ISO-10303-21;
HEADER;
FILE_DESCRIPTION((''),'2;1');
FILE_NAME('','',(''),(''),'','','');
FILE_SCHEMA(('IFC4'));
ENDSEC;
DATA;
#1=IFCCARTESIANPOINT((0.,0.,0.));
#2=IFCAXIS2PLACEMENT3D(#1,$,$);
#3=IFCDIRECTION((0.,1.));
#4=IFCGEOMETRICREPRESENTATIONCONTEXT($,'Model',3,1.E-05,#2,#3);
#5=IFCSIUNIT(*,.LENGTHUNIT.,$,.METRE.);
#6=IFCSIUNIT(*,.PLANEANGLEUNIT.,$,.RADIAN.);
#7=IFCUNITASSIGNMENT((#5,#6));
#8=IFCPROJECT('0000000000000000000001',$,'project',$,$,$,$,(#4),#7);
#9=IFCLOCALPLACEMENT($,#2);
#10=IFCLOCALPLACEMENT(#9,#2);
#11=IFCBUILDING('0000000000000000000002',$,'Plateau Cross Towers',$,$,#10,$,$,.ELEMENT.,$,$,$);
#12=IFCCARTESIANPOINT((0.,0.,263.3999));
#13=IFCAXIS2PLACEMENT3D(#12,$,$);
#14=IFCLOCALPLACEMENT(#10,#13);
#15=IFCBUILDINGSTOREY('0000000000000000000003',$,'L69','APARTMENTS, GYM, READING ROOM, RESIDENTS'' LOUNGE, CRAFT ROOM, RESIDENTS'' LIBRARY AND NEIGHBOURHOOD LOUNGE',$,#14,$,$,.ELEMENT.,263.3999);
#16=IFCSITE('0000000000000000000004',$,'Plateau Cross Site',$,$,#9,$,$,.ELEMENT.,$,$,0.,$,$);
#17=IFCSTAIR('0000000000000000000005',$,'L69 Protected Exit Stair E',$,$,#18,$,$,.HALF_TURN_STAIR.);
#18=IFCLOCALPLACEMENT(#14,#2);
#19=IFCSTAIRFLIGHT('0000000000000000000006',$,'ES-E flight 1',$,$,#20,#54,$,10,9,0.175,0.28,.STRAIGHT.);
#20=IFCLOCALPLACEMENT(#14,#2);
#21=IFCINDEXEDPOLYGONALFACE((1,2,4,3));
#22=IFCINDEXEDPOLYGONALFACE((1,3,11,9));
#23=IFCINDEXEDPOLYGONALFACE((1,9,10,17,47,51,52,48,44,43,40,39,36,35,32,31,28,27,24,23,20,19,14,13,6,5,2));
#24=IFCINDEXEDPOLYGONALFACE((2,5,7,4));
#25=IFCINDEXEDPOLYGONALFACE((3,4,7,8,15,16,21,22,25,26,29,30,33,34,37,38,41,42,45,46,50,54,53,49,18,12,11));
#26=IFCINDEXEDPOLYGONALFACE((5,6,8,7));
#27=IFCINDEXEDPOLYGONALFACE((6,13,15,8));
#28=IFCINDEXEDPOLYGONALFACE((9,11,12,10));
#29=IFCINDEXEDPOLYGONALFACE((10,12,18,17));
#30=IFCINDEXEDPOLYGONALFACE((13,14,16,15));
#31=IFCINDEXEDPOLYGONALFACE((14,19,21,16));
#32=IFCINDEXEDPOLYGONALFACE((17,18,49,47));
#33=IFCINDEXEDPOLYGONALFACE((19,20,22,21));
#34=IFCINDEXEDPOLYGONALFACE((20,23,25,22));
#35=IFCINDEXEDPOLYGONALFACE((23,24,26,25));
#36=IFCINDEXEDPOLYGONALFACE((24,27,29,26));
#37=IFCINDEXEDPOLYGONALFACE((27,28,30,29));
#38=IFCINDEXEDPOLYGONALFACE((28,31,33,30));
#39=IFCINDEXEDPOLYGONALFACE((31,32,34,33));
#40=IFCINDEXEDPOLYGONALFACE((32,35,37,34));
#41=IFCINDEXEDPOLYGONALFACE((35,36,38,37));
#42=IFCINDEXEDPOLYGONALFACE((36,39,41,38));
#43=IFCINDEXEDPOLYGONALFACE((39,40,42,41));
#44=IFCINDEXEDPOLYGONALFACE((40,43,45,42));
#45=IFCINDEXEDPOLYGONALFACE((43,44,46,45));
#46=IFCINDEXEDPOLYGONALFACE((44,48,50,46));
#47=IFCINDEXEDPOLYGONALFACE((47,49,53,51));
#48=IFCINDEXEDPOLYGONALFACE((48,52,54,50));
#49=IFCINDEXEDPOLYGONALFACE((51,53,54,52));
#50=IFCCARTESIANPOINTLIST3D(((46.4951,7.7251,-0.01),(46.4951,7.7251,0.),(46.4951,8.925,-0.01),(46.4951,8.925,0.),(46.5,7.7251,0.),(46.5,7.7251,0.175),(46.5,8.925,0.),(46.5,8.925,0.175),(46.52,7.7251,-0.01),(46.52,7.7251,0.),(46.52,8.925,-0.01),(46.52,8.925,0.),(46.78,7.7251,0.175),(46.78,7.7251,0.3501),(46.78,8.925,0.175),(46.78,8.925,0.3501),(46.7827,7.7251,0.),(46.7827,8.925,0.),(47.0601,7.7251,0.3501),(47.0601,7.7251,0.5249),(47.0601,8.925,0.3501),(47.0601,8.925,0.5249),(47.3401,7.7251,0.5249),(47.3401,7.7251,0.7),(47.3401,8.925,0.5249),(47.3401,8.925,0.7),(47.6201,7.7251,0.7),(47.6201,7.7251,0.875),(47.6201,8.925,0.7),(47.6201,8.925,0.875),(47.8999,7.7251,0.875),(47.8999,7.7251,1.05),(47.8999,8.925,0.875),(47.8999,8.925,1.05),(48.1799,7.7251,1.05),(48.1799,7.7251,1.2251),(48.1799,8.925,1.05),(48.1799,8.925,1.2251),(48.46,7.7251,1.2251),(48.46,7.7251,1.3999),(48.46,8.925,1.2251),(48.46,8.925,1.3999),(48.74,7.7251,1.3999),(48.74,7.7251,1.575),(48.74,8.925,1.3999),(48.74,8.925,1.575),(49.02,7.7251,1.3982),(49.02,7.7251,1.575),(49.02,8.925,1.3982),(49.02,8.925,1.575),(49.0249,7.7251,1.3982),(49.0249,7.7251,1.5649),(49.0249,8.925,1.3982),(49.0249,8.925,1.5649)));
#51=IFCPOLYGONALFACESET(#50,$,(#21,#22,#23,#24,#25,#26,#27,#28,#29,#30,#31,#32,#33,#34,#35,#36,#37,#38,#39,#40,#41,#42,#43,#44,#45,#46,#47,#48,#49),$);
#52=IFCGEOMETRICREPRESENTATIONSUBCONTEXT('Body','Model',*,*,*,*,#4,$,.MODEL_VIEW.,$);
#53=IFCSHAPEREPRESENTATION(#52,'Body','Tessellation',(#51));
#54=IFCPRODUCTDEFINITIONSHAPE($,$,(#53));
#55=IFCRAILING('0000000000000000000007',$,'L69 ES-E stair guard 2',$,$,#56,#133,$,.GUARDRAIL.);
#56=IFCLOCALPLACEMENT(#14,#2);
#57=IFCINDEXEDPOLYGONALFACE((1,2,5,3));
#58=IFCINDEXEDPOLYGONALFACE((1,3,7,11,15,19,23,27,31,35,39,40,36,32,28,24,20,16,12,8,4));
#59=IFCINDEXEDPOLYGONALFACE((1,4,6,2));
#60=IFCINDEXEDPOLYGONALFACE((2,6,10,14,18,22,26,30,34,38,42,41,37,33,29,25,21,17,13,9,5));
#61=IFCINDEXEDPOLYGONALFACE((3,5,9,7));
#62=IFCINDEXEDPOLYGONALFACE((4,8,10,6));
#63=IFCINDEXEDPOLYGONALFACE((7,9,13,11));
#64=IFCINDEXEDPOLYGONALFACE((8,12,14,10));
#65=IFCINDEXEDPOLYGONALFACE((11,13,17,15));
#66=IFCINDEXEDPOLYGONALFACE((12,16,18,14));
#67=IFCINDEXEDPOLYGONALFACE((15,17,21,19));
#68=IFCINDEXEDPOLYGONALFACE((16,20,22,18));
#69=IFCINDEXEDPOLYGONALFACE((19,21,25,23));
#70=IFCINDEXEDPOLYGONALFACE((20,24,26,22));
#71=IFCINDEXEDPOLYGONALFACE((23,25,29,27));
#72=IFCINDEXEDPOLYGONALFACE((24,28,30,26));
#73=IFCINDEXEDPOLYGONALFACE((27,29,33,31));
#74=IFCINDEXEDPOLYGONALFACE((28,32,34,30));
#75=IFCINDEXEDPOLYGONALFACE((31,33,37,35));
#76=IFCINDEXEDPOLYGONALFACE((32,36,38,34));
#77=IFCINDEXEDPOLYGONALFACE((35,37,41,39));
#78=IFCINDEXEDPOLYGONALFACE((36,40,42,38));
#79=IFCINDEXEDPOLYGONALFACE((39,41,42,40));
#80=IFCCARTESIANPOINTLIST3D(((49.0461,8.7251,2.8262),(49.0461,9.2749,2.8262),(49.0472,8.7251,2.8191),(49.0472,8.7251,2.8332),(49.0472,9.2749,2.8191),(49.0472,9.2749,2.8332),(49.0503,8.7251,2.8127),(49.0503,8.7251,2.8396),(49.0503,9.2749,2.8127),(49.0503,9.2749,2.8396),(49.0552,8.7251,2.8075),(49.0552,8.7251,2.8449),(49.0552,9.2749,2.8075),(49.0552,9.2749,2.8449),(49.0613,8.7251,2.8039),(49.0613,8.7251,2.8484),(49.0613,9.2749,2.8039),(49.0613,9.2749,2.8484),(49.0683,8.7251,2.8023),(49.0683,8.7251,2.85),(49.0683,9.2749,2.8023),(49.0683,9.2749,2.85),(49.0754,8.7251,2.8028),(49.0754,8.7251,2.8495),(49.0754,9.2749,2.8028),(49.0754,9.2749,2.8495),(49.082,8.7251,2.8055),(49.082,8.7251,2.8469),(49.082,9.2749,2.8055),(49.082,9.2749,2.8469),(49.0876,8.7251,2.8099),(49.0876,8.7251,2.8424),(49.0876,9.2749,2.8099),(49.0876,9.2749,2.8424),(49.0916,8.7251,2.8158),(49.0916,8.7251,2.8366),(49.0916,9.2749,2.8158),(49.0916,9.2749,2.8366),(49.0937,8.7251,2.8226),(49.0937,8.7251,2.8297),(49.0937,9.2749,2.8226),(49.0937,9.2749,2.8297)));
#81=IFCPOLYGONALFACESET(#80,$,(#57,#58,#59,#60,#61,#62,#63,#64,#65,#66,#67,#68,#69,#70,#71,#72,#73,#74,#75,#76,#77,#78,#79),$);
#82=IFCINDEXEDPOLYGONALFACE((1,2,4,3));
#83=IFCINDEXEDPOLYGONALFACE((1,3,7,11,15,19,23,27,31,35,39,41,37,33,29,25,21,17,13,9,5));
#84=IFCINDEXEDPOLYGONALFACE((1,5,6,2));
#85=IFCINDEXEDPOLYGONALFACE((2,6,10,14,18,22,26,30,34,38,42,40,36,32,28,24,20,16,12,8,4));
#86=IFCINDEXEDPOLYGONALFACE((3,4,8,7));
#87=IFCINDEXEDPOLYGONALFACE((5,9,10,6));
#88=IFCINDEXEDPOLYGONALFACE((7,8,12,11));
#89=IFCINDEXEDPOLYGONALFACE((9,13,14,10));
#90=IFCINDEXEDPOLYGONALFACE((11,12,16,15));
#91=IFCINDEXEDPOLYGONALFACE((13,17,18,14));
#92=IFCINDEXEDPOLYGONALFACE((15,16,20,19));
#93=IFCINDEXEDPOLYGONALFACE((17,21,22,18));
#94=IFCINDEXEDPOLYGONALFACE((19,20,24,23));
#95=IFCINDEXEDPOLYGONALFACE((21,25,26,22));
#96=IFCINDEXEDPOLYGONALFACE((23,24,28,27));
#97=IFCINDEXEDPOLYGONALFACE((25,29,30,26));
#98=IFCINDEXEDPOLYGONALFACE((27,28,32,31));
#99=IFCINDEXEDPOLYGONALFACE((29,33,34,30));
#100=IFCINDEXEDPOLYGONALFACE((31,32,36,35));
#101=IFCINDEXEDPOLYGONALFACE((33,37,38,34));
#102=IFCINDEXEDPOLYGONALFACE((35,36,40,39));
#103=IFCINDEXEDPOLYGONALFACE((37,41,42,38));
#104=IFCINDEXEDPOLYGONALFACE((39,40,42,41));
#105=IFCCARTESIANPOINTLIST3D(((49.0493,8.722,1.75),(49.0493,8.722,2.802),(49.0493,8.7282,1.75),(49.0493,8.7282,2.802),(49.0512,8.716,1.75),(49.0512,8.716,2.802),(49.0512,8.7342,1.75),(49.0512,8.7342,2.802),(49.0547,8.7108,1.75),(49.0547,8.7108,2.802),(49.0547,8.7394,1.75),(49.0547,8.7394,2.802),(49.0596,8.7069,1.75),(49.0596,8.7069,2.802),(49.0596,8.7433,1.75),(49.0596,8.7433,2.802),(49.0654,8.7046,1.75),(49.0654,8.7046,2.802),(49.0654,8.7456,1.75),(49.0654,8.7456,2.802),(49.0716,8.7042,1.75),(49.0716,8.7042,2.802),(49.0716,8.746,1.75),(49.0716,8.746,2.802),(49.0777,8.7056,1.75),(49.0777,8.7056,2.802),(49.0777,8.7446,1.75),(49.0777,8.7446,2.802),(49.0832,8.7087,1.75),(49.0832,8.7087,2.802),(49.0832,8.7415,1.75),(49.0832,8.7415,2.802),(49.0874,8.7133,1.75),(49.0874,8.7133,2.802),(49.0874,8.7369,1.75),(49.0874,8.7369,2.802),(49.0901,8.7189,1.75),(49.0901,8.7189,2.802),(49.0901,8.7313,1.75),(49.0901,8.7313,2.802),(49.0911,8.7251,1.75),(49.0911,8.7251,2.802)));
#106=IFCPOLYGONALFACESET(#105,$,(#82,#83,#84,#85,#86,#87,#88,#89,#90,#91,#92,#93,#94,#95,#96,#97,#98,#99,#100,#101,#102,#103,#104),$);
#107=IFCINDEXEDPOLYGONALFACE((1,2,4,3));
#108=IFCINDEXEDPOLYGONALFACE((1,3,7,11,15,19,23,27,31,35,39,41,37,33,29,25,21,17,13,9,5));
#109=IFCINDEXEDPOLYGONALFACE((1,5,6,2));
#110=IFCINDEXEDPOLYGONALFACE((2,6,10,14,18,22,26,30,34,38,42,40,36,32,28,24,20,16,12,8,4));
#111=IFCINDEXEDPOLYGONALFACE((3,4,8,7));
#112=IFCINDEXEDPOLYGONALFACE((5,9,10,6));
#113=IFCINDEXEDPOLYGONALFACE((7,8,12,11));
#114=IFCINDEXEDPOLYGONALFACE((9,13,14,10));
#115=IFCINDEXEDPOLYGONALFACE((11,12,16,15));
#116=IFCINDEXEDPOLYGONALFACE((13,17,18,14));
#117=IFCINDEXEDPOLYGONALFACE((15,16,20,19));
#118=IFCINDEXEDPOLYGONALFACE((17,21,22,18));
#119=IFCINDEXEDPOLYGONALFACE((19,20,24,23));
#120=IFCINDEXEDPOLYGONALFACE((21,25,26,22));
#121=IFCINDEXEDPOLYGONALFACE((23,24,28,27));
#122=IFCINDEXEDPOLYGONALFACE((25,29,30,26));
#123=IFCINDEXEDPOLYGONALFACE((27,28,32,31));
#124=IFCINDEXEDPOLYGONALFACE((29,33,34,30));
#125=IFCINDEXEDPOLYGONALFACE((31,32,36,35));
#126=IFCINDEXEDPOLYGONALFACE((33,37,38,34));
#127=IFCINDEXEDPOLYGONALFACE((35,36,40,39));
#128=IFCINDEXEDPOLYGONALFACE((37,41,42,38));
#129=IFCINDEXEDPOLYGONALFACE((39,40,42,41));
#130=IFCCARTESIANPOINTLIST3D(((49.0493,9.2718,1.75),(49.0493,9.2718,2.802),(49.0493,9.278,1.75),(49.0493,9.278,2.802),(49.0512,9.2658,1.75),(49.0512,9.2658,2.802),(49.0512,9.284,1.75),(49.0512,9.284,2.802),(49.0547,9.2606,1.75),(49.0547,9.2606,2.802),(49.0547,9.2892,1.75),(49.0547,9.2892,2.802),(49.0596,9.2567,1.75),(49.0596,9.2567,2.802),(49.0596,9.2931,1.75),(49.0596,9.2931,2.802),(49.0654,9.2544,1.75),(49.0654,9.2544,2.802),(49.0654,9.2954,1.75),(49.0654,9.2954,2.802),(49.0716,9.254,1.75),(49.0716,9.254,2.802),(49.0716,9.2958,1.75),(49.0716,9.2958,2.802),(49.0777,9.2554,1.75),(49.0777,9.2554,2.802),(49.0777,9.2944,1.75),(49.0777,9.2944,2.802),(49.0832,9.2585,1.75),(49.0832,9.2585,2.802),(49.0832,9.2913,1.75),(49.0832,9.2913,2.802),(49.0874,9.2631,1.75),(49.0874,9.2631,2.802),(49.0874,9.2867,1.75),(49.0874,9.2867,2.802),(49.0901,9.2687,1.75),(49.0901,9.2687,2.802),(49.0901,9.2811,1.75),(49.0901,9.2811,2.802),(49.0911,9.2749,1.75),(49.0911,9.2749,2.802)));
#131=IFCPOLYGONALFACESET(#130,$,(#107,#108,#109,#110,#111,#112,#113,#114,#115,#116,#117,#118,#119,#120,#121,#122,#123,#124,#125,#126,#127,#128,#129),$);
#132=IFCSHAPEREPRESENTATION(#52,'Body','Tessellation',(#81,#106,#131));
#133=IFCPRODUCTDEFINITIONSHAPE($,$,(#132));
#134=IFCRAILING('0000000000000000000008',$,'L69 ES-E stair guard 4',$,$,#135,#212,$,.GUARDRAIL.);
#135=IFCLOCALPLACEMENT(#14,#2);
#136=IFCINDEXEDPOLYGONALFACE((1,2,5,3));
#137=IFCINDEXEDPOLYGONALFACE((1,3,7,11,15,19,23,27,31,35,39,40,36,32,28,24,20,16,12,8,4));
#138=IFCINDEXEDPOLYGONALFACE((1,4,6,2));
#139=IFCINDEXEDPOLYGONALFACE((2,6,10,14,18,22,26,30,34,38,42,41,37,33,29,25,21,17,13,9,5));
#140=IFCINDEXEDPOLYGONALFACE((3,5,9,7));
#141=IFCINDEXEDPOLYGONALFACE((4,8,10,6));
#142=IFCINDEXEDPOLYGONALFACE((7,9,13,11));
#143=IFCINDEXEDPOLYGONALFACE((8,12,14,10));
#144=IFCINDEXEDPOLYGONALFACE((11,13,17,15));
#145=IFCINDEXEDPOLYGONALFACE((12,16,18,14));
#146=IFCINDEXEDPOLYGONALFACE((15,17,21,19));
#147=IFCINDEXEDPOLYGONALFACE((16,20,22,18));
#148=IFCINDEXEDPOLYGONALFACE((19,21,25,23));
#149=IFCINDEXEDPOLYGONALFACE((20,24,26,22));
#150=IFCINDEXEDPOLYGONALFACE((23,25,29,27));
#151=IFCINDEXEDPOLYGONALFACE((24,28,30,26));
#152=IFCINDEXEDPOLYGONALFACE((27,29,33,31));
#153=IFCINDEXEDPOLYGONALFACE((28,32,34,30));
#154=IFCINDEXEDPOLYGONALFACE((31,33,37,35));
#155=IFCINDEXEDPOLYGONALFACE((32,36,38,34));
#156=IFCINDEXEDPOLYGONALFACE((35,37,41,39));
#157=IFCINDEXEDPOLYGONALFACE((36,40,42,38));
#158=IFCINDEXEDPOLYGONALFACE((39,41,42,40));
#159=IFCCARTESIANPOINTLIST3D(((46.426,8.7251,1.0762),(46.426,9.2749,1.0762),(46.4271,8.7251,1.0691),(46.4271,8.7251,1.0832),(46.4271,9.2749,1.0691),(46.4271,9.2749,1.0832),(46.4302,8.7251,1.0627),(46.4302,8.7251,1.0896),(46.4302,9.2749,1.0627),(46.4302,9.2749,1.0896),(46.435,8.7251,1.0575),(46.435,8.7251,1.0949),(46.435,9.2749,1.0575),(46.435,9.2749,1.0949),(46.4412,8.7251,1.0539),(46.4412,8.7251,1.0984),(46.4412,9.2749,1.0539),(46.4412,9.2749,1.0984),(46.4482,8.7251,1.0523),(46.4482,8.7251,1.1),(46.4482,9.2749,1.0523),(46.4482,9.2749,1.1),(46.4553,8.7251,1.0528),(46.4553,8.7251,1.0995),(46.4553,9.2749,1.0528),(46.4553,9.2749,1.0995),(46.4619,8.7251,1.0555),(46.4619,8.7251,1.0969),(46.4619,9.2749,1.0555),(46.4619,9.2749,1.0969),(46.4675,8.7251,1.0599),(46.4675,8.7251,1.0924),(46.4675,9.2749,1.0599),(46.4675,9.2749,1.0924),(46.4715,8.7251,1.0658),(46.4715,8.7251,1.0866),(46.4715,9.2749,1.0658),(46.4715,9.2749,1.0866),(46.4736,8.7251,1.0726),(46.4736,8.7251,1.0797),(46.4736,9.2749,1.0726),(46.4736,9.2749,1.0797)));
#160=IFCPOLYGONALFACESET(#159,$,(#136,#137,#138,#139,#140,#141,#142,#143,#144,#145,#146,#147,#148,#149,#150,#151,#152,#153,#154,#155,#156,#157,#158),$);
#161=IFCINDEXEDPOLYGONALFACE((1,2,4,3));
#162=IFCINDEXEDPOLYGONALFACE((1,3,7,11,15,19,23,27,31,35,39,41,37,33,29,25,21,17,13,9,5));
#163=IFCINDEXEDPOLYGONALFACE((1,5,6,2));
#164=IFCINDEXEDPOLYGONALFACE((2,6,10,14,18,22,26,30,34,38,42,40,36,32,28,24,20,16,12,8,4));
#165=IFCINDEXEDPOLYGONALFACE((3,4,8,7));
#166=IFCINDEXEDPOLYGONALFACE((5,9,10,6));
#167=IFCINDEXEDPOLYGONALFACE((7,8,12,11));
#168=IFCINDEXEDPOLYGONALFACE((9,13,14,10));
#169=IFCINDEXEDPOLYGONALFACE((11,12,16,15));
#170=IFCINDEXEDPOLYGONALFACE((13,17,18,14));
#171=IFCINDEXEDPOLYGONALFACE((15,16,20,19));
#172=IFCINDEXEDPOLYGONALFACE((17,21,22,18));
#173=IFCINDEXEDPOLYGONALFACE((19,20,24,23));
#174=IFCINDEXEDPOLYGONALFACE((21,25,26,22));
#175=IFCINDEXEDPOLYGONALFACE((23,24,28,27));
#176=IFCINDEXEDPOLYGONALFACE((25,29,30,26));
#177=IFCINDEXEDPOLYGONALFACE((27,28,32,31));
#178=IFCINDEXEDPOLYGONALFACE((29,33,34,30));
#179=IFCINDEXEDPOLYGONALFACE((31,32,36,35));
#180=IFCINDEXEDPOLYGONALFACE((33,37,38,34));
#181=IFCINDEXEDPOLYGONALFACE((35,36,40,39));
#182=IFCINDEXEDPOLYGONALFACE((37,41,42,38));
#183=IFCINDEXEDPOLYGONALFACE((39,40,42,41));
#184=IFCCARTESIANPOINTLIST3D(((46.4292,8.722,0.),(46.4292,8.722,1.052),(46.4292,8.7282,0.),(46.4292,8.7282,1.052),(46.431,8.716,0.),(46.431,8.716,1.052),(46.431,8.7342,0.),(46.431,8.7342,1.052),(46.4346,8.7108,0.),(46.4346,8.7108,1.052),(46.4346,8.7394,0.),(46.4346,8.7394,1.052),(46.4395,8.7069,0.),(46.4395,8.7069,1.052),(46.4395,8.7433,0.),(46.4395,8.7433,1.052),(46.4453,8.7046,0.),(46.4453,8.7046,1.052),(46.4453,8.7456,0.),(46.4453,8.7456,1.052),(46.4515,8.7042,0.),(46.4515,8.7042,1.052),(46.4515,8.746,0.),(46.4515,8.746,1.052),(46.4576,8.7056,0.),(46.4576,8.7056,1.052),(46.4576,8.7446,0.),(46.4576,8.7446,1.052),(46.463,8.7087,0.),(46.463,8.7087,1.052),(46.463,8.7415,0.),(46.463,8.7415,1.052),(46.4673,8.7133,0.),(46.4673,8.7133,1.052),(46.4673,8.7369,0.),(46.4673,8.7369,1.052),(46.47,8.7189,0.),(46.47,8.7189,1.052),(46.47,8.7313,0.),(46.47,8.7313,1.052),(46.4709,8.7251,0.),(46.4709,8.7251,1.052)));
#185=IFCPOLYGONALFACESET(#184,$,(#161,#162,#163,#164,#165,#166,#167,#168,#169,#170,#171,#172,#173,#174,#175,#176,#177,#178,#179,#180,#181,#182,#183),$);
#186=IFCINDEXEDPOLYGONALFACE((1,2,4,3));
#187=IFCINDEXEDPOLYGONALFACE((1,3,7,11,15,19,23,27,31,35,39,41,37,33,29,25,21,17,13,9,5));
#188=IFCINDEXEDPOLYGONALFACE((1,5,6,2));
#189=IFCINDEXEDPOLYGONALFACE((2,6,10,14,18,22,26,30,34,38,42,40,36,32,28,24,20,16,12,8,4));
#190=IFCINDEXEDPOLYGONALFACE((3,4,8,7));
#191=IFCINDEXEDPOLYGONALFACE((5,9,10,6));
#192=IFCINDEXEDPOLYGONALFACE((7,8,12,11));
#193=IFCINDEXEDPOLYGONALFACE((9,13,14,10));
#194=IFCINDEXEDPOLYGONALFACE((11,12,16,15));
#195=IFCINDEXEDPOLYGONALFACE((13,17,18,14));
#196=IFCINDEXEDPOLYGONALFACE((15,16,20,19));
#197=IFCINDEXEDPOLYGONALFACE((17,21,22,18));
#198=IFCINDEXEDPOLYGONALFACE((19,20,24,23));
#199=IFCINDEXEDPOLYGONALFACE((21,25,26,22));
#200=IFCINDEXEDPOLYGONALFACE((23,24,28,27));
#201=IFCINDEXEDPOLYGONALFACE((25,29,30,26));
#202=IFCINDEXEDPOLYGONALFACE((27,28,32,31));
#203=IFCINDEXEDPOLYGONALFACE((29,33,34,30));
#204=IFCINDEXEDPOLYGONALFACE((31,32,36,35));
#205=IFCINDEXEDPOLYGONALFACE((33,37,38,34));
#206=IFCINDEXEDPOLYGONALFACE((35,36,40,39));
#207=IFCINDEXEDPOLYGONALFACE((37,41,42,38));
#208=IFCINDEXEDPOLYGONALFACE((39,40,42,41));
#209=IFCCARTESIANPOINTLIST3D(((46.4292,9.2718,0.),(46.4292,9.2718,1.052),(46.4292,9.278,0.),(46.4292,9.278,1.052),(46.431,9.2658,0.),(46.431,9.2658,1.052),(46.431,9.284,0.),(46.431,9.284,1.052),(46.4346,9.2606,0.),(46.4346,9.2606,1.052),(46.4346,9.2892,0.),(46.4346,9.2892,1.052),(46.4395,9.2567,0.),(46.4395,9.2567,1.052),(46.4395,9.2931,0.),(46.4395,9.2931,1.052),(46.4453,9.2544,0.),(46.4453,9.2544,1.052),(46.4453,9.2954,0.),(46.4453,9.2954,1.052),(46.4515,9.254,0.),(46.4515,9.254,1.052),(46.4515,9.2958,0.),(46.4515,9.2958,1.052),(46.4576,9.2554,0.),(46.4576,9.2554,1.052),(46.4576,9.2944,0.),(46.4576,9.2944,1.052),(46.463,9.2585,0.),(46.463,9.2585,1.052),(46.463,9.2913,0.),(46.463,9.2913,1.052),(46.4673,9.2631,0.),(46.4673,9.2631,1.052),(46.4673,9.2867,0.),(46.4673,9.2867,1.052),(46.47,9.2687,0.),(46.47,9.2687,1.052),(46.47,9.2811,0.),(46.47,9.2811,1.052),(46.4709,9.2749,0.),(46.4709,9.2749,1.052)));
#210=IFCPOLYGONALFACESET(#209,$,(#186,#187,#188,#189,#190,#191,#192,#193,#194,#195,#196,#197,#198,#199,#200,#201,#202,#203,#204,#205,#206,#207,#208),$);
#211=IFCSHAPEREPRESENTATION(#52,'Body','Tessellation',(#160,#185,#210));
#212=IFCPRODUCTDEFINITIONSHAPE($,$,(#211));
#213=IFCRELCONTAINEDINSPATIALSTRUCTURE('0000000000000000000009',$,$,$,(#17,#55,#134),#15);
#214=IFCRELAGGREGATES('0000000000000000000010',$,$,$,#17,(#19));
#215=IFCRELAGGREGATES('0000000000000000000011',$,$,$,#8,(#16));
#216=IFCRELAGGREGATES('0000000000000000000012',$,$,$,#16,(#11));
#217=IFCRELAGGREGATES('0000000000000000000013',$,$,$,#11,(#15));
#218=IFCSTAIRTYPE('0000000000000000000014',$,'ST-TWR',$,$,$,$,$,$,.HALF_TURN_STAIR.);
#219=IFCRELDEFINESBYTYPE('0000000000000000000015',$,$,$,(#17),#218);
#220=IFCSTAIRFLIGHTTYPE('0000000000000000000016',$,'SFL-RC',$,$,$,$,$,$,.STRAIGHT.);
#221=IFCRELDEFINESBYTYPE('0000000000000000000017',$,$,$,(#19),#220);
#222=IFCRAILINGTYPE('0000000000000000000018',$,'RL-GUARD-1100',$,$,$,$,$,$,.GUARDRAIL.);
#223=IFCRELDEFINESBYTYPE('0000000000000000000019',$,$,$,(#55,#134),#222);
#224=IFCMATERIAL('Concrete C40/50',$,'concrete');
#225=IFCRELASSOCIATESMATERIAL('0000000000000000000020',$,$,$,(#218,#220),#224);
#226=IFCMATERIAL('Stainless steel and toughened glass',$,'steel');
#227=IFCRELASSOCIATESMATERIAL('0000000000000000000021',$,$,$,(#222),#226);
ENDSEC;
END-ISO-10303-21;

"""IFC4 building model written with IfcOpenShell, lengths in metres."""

from ifc_helpers import new_model, si_unit, direction, frame, origin, origin_2d, place, context, subcontext, project, spatial, polyline, circle, outline, extrude, material, type_object, element, aggregate, save


model = new_model("IFC4")

# Units and contexts
model_context = context("Model", 3, precision=1e-05, world=origin(), true_north=direction((0.0, 1.0)))
body_context = subcontext(model_context, "Body", "Model", "MODEL_VIEW")
ifc_project = project(units=[si_unit("LENGTHUNIT", "METRE"), si_unit("PLANEANGLEUNIT", "RADIAN")], contexts=[model_context])

# Site, building, storey
site_placement = place(None, origin())
site = spatial("IfcSite", under=ifc_project, at=site_placement, Name="Plateau Cross Site", CompositionType="ELEMENT", RefElevation=0.0)
building_placement = place(site_placement, origin())
building = spatial("IfcBuilding", under=site, at=building_placement, Name="Plateau Cross Towers", CompositionType="ELEMENT")
storey_placement = place(building_placement, frame((0.0, 0.0, 263.3999)))
storey = spatial("IfcBuildingStorey", under=building, at=storey_placement, Name="L69", Description="APARTMENTS, GYM, READING ROOM, RESIDENTS' LOUNGE, CRAFT ROOM, RESIDENTS' LIBRARY AND NEIGHBOURHOOD LOUNGE", CompositionType="ELEMENT", Elevation=263.3999)

# Stair, stair flight
ifc_material_1 = material(Name="Concrete C40/50", Category="concrete")
stair_type = type_object("IfcStairType", Name="ST-TWR", PredefinedType="HALF_TURN_STAIR", material=ifc_material_1)
stair_placement = place(storey_placement, origin())
stair = element("IfcStair", 1, at=stair_placement, inside=storey, type_object=stair_type, Name="L69 Protected Exit Stair E", PredefinedType="HALF_TURN_STAIR")
stair_flight_type = type_object("IfcStairFlightType", Name="SFL-RC", PredefinedType="STRAIGHT", material=ifc_material_1)
stair_flight_placement = place(storey_placement, frame((46.5, 8.325, 0.0), z_axis=(0.0, 0.0, 1.0), x_axis=(1.0, 0.0, 0.0)))
stair_flight = element("IfcStairFlight", 2, at=stair_flight_placement, type_object=stair_flight_type, Name="ES-E flight 1", NumberOfRisers=10, NumberOfTreads=9, PredefinedType="STRAIGHT", RiserHeight=0.175, TreadLength=0.28, context=body_context, shape_type="SweptSolid", body=[
    extrude(outline(polyline([(-0.0049, -0.01), (-0.0049, 0.0), (0.0, 0.0), (0.0, 0.175), (0.28, 0.175), (0.28, 0.3501), (0.5601, 0.3501), (0.5601, 0.5249), (0.8401, 0.5249), (0.8401, 0.7), (1.1201, 0.7), (1.1201, 0.875), (1.3999, 0.875), (1.3999, 1.05), (1.6799, 1.05), (1.6799, 1.2251), (1.96, 1.2251), (1.96, 1.3999), (2.24, 1.3999), (2.24, 1.575), (2.52, 1.575), (2.5249, 1.5649), (2.5249, 1.3982), (2.52, 1.3982), (0.2827, 0.0), (0.02, 0.0), (0.02, -0.01), (-0.0049, -0.01)])), frame((0.0, 0.6001, 0.0), z_axis=(0.0, -1.0, 0.0), x_axis=(1.0, 0.0, 0.0)), (0.0, 0.0, 1.0), 1.2),
])
aggregate(stair, [stair_flight])

# Railings
ifc_material_2 = material(Name="Stainless steel and toughened glass", Category="steel")
railing_type_1 = type_object("IfcRailingType", Name="RL-GUARD-1100", PredefinedType="GUARDRAIL", material=ifc_material_2)
for number, where, name in (
    (3, (49.0701, 8.7251, 1.75), "L69 ES-E stair guard 2"),
    (4, (46.45, 8.7251, 0.0), "L69 ES-E stair guard 4"),
):
    element("IfcRailing", number, at=place(storey_placement, frame(where)), inside=storey, type_object=railing_type_1, Name=name, PredefinedType="GUARDRAIL", context=body_context, shape_type="SweptSolid", body=[
        extrude(circle(Radius=0.0239, at=origin_2d()), frame((0.0, 0.0, 1.0762), z_axis=(0.0, 1.0, 0.0), x_axis=(-1.0, 0.0, 0.0)), (0.0, 0.0, 1.0), 0.5498),
        extrude(circle(Radius=0.021, at=origin_2d()), origin(), (0.0, 0.0, 1.0), 1.052),
        extrude(circle(Radius=0.021, at=origin_2d()), frame((0.0, 0.5498, 0.0)), (0.0, 0.0, 1.0), 1.052),
    ])

save(model, "model.ifc")
